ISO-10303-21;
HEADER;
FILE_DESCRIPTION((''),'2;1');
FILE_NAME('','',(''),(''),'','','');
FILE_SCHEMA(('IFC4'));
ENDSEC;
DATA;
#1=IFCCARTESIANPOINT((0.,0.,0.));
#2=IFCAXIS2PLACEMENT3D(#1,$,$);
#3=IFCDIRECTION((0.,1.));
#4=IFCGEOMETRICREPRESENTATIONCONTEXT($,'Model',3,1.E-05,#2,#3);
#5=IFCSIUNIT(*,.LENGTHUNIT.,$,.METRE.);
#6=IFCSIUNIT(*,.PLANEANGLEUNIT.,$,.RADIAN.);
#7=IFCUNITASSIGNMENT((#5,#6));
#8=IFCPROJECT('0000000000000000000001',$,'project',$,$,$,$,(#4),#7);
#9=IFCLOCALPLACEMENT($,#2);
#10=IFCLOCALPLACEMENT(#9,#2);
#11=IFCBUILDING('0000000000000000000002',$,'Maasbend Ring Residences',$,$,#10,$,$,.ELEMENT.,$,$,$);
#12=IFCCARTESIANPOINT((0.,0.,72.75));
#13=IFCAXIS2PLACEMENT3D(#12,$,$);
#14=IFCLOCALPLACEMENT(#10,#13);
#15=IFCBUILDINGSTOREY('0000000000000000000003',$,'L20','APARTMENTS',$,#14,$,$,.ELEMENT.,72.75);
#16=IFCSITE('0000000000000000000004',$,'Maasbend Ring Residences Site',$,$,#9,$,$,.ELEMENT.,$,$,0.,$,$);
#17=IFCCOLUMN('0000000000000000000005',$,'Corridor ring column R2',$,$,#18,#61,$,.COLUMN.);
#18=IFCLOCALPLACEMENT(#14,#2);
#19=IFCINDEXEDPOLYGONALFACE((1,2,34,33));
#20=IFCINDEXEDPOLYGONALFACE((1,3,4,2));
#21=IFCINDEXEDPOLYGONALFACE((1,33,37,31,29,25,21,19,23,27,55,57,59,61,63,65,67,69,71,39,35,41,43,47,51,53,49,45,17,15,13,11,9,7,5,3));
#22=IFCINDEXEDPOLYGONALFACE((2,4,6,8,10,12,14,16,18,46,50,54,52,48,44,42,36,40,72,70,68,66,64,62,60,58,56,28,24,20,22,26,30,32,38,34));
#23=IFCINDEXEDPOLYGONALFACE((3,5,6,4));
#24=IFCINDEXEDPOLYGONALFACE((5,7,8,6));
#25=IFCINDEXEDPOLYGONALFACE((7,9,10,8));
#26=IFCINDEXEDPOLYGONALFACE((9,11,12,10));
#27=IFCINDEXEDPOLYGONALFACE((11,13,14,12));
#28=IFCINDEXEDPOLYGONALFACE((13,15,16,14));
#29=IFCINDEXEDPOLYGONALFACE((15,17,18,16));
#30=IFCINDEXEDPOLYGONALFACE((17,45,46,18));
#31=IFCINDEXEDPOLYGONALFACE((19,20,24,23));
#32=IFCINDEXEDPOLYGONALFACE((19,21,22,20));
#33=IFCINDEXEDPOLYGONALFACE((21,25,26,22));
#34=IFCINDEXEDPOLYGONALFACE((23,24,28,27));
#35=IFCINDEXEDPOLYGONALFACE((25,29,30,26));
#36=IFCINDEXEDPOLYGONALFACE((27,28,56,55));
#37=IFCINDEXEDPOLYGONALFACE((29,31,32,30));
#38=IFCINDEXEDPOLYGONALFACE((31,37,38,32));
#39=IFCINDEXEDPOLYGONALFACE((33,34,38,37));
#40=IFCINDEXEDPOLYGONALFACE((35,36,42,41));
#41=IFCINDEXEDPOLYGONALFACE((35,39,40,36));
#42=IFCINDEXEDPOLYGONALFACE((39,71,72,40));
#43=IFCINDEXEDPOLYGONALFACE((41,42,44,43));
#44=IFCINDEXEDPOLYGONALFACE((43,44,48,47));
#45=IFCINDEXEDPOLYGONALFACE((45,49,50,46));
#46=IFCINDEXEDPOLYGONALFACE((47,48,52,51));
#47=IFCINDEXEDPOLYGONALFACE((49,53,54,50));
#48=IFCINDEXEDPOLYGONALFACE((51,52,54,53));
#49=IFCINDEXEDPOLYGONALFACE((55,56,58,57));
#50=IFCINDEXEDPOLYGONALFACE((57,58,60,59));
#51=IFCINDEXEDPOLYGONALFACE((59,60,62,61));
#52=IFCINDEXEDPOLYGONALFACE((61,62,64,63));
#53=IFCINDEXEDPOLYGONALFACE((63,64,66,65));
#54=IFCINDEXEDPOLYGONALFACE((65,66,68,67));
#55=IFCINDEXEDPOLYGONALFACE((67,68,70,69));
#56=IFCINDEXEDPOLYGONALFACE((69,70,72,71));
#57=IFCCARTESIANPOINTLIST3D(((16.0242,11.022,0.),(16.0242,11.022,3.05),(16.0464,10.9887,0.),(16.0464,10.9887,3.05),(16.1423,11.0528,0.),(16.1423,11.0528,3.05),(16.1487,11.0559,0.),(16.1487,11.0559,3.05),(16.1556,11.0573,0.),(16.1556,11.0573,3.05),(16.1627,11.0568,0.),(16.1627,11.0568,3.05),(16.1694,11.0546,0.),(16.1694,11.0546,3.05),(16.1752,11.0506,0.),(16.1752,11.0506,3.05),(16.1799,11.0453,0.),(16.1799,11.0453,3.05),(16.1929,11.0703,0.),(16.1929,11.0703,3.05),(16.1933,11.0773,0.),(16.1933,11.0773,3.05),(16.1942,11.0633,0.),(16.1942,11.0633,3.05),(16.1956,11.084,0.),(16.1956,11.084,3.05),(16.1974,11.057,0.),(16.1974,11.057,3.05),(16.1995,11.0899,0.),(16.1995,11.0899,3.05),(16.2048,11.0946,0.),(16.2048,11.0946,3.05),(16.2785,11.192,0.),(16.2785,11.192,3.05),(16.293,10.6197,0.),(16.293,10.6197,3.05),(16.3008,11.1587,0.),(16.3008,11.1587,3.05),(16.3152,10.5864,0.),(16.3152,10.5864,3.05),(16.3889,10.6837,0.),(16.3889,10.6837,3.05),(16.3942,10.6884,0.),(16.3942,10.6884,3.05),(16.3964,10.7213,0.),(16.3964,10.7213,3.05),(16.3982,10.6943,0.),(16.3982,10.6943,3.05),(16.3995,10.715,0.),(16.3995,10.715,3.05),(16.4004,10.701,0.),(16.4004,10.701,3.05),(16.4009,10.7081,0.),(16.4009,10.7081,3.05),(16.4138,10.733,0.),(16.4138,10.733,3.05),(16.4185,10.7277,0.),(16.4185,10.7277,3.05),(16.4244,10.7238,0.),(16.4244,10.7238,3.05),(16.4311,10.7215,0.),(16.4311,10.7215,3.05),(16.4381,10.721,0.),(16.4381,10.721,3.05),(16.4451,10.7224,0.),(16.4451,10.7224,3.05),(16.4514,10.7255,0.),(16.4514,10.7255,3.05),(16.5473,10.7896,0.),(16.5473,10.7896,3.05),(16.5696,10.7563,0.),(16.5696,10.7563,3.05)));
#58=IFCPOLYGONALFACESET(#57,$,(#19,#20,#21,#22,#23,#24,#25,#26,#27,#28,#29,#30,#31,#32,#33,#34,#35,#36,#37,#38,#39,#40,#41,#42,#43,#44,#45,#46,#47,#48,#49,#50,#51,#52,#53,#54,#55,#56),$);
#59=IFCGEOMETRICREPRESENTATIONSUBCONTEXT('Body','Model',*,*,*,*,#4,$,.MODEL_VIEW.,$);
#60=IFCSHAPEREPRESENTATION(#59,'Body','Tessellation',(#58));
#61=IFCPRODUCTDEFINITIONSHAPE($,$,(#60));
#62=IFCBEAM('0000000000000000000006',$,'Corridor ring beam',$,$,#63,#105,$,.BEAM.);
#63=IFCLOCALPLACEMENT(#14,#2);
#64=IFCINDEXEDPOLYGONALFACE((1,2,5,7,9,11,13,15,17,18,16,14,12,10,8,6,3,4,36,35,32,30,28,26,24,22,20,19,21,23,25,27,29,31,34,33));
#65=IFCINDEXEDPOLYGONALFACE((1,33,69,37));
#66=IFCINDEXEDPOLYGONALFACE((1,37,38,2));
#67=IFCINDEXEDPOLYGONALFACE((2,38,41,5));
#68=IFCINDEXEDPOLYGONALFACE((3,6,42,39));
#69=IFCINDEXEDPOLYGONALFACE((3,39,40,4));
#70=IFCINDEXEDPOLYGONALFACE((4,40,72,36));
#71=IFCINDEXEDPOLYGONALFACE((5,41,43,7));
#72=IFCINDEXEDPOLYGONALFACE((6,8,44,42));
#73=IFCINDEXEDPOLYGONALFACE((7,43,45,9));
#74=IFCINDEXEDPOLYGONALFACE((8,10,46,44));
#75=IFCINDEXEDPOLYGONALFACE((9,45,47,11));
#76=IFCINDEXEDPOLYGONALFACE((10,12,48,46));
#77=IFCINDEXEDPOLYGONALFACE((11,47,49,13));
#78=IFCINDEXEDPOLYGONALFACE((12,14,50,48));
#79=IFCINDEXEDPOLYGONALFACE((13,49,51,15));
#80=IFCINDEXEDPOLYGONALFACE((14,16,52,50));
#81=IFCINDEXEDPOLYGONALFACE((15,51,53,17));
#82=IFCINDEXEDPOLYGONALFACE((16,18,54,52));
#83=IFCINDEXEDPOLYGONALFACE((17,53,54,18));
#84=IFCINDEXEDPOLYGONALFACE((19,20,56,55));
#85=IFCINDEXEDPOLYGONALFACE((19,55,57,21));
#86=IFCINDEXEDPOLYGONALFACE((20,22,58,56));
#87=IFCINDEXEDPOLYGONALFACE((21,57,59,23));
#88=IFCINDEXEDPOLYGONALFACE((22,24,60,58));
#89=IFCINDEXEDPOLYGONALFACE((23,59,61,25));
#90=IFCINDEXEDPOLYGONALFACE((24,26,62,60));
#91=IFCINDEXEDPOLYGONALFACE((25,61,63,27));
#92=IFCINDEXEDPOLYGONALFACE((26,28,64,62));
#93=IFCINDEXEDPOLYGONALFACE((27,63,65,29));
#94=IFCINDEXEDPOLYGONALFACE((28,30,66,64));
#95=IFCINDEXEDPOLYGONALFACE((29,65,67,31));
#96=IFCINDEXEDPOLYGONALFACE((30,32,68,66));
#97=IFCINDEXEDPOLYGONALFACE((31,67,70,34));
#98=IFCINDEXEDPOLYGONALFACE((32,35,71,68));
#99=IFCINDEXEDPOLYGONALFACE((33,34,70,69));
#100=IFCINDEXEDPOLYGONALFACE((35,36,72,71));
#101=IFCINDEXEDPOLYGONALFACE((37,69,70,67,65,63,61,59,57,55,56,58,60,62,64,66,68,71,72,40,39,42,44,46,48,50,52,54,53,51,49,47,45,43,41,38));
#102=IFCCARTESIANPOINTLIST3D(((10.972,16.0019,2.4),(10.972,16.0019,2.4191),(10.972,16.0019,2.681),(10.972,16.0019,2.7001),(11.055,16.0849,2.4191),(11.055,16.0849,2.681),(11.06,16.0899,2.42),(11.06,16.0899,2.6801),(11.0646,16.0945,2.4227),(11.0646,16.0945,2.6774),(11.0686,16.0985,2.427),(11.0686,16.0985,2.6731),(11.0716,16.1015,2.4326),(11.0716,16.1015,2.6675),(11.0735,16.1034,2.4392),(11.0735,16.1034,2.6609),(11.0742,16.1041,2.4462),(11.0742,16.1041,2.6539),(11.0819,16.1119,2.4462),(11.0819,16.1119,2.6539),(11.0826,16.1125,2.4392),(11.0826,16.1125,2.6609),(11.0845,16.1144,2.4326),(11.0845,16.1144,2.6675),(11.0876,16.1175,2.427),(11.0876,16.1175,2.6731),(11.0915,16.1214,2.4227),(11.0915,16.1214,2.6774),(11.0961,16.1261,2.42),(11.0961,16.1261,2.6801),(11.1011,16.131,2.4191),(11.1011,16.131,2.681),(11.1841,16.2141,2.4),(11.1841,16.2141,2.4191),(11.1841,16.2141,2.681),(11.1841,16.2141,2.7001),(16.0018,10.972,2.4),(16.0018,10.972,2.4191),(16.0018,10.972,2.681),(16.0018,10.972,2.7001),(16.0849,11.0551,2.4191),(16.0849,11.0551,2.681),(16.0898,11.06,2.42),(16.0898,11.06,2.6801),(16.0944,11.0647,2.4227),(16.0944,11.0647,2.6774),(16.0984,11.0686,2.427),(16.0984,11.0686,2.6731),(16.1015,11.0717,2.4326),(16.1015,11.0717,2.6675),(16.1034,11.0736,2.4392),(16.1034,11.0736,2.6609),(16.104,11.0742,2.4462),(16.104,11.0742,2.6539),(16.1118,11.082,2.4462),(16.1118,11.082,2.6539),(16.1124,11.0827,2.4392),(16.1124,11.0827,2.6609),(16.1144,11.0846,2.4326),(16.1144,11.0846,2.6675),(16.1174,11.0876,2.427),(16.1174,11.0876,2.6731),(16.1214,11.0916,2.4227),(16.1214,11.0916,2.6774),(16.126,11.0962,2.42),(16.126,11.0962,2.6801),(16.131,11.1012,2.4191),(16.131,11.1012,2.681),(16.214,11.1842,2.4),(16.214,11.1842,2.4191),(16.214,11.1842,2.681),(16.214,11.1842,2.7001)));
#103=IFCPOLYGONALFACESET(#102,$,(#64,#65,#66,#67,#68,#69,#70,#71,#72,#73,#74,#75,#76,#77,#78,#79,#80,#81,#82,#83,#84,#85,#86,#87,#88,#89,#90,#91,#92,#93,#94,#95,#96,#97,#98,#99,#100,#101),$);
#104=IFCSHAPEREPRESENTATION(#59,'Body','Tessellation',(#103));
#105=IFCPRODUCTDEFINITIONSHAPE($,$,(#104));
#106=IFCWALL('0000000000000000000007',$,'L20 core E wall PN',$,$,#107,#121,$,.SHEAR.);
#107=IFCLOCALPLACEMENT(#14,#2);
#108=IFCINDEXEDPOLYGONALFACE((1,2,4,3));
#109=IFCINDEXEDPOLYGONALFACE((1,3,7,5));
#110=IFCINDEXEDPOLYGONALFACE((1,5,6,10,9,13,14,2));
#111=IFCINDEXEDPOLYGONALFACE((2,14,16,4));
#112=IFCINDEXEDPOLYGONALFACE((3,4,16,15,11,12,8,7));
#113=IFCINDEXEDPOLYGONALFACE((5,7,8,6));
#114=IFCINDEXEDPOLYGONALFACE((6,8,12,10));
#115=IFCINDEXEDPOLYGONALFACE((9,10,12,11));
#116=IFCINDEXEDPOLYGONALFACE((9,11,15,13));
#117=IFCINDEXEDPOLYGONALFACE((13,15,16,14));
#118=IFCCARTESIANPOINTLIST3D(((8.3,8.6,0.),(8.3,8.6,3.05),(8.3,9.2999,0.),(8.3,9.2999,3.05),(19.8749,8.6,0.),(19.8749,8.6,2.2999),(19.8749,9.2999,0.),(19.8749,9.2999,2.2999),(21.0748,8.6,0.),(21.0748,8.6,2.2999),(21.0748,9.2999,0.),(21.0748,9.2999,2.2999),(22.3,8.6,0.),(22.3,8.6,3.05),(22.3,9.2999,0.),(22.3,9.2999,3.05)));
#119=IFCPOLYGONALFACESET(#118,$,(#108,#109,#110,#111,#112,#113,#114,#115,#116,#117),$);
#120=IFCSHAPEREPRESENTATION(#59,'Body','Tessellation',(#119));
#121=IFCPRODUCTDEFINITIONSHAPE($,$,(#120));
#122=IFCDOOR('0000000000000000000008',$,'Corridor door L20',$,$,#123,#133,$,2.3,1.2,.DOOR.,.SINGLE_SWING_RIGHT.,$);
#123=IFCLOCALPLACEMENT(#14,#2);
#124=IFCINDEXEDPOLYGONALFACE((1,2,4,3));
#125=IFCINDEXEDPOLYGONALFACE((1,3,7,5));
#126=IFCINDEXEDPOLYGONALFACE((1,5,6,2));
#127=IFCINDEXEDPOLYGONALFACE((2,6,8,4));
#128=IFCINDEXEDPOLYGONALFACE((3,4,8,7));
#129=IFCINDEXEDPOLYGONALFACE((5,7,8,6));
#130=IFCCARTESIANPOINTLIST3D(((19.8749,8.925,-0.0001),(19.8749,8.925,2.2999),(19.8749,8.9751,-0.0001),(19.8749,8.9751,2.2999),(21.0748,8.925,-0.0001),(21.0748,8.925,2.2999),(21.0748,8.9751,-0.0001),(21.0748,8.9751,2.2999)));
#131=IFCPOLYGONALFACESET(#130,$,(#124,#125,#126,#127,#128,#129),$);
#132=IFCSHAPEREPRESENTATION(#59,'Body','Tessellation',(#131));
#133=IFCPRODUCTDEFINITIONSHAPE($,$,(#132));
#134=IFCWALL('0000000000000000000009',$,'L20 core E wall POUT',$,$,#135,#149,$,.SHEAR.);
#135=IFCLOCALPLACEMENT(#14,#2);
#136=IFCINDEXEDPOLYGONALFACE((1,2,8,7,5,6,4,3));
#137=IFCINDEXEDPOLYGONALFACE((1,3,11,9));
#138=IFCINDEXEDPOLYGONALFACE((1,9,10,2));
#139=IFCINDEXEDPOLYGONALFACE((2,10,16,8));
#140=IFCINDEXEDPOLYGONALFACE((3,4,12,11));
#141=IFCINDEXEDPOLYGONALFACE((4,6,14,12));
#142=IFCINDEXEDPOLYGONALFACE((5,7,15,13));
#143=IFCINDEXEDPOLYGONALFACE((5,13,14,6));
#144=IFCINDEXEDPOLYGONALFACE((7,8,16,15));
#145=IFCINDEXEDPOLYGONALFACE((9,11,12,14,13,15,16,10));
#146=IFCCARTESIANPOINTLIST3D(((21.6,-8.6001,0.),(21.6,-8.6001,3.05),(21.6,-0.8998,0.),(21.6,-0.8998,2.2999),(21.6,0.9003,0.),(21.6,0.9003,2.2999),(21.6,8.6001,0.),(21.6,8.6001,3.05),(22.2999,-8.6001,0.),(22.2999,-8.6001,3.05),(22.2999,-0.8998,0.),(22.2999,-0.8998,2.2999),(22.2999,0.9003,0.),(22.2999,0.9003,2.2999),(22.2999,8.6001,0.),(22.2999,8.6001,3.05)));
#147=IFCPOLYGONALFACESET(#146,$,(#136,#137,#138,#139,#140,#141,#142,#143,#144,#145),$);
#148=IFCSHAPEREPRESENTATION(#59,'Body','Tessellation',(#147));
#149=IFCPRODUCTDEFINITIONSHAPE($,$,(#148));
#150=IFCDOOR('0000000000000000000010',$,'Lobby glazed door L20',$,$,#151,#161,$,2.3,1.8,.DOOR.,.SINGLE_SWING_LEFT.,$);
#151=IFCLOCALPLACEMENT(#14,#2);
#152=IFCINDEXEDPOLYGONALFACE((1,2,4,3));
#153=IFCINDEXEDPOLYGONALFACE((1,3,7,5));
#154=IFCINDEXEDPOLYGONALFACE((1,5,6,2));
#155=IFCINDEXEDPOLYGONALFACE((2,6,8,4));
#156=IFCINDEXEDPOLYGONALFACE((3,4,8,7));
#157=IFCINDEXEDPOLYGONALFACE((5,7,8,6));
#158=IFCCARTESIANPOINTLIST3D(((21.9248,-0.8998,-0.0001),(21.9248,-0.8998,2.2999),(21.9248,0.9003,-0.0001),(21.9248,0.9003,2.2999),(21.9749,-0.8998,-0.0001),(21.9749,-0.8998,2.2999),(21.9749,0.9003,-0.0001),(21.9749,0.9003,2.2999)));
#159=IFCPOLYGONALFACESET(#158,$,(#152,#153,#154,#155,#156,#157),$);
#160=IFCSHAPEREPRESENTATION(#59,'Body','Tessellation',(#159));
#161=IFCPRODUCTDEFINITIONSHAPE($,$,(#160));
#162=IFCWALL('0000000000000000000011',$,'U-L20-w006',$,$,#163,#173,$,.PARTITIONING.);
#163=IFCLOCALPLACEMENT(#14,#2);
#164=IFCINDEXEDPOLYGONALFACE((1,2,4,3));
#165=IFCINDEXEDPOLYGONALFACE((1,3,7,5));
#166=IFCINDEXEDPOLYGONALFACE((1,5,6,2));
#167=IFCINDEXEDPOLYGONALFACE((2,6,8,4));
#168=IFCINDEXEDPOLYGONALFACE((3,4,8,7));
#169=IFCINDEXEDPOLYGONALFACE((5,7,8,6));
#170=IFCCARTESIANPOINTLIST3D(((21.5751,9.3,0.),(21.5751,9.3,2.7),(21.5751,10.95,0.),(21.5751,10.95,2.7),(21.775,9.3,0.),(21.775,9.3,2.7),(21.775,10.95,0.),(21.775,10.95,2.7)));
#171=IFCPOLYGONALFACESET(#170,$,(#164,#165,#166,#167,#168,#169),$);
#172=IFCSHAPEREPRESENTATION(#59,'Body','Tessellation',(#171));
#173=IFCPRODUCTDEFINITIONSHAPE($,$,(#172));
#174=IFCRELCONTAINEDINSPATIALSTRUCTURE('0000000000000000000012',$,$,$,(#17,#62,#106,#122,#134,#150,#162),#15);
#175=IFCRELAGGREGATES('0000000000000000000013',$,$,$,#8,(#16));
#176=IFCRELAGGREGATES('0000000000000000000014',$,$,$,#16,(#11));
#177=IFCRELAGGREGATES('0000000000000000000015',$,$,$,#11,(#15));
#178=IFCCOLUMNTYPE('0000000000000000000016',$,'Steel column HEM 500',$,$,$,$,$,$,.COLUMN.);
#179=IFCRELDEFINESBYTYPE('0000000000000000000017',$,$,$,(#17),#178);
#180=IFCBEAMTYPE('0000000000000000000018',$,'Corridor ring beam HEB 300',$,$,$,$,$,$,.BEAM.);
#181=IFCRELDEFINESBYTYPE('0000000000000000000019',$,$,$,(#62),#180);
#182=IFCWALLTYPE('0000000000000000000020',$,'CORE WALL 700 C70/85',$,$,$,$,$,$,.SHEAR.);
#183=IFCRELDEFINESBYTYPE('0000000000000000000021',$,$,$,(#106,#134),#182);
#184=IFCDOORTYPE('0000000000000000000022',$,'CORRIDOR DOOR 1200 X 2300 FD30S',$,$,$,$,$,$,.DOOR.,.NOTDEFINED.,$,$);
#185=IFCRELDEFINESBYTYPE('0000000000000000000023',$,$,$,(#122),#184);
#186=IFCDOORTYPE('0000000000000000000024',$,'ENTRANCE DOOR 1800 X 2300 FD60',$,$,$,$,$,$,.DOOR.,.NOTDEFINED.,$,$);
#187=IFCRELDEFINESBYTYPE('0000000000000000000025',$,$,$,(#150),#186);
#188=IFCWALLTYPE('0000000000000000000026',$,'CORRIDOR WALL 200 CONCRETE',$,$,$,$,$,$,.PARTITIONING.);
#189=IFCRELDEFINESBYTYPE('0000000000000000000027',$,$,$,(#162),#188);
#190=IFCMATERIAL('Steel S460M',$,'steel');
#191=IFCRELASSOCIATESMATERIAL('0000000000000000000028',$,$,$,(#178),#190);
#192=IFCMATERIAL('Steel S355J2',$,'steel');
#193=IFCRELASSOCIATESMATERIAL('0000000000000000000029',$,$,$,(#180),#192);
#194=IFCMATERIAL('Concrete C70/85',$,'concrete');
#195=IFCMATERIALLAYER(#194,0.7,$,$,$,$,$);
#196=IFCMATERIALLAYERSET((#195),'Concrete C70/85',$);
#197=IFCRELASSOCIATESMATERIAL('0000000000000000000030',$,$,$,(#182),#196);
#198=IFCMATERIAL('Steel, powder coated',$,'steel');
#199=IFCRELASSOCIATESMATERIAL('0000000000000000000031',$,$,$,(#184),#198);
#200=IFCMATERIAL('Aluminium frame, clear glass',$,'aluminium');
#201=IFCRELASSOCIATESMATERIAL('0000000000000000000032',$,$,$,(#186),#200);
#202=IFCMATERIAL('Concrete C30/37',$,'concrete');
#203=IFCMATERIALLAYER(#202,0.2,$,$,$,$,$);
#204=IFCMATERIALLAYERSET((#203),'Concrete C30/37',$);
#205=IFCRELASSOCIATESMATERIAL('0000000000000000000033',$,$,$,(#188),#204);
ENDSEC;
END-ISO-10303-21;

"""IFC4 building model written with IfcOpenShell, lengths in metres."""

from ifc_helpers import new_model, si_unit, direction, frame, frame_2d, origin, origin_2d, place, context, subcontext, project, spatial, rectangle, i_section, extrude, material, layer, layer_set, material_profile, profile_set, type_object, element, fill, save


model = new_model("IFC4")

# Units and contexts
model_context = context("Model", 3, precision=1e-05, world=origin(), true_north=direction((0.0, 1.0)))
body_context = subcontext(model_context, "Body", "Model", "MODEL_VIEW")
ifc_project = project(units=[si_unit("LENGTHUNIT", "METRE"), si_unit("PLANEANGLEUNIT", "RADIAN")], contexts=[model_context])

# Site, building, storey
site_placement = place(None, origin())
site = spatial("IfcSite", under=ifc_project, at=site_placement, Name="Maasbend Ring Residences Site", CompositionType="ELEMENT", RefElevation=0.0)
building_placement = place(site_placement, origin())
building = spatial("IfcBuilding", under=site, at=building_placement, Name="Maasbend Ring Residences", CompositionType="ELEMENT")
storey_placement = place(building_placement, frame((0.0, 0.0, 72.75)))
storey = spatial("IfcBuildingStorey", under=building, at=storey_placement, Name="L20", Description="APARTMENTS", CompositionType="ELEMENT", Elevation=72.75)

# Column
ifc_material_1 = material(Name="Steel S460M", Category="steel")
ifc_material_profile_1 = material_profile(ifc_material_1, i_section(OverallWidth=0.3059, OverallDepth=0.5239, WebThickness=0.021, FlangeThickness=0.04, FilletRadius=0.0271, at=origin_2d()), Name="HEM 500")
ifc_profile_set_1 = profile_set([ifc_material_profile_1], Name="Steel S460M")
column_type = type_object("IfcColumnType", Name="Steel column HEM 500", PredefinedType="COLUMN", material=ifc_profile_set_1)
column_placement = place(storey_placement, frame((16.2969, 10.8892, 0.0), z_axis=(0.0, 0.0, 1.0), x_axis=(0.83147, 0.55557, 0.0)))
element("IfcColumn", 1, at=column_placement, inside=storey, type_object=column_type, Name="Corridor ring column R2", PredefinedType="COLUMN", context=body_context, shape_type="SweptSolid", body=[
    extrude(i_section(OverallWidth=0.3059, OverallDepth=0.5239, WebThickness=0.021, FlangeThickness=0.04, FilletRadius=0.0271, at=origin_2d()), origin(), (0.0, 0.0, 1.0), 3.05),
])

# Beam
ifc_material_2 = material(Name="Steel S355J2", Category="steel")
ifc_material_profile_2 = material_profile(ifc_material_2, i_section(OverallWidth=0.3, OverallDepth=0.3, WebThickness=0.011, FlangeThickness=0.019, FilletRadius=0.0271, at=origin_2d()), Name="HEB 300")
ifc_profile_set_2 = profile_set([ifc_material_profile_2], Name="Steel S355J2")
beam_type = type_object("IfcBeamType", Name="Corridor ring beam HEB 300", PredefinedType="BEAM", material=ifc_profile_set_2)
beam_placement = place(storey_placement, frame((16.1079, 11.0781, 2.55), z_axis=(-0.707107, 0.707107, 0.0), x_axis=(-0.707107, -0.707107, 0.0)))
element("IfcBeam", 2, at=beam_placement, inside=storey, type_object=beam_type, Name="Corridor ring beam", PredefinedType="BEAM", context=body_context, shape_type="SweptSolid", body=[
    extrude(i_section(OverallWidth=0.3, OverallDepth=0.3, WebThickness=0.011, FlangeThickness=0.019, FilletRadius=0.0271, at=origin_2d()), origin(), (0.0, 0.0, 1.0), 7.1133),
])

# Walls, openings, doors
ifc_material_3 = material(Name="Concrete C70/85", Category="concrete")
ifc_layer_1 = layer(ifc_material_3, 0.7)
ifc_layer_set_1 = layer_set([ifc_layer_1], Name="Concrete C70/85")
wall_type_1 = type_object("IfcWallType", Name="CORE WALL 700 C70/85", PredefinedType="SHEAR", material=ifc_layer_set_1)
wall_1_placement = place(storey_placement, frame((22.3, 8.95, 0.0), z_axis=(0.0, 0.0, 1.0), x_axis=(-1.0, 0.0, 0.0)))
wall_1 = element("IfcWall", 3, at=wall_1_placement, inside=storey, type_object=wall_type_1, Name="L20 core E wall PN", PredefinedType="SHEAR", context=body_context, shape_type="SweptSolid", body=[
    extrude(rectangle(XDim=14.0, YDim=0.7, at=frame_2d((7.0, 0.0))), origin(), (0.0, 0.0, 1.0), 3.05),
])
opening_1_placement = place(wall_1_placement, frame((1.2251, 0.0, 0.0)))
opening_1 = element("IfcOpeningElement", 4, at=opening_1_placement, cuts=wall_1, PredefinedType="OPENING", context=body_context, shape_type="SweptSolid", body=[
    extrude(rectangle(XDim=1.2, YDim=2.3, at=frame_2d((0.6001, 1.1499))), frame((0.0, 0.3599, 0.0), z_axis=(0.0, -1.0, 0.0), x_axis=(1.0, 0.0, 0.0)), (0.0, 0.0, 1.0), 0.72),
])
ifc_material_4 = material(Name="Steel, powder coated", Category="steel")
door_type_1 = type_object("IfcDoorType", Name="CORRIDOR DOOR 1200 X 2300 FD30S", OperationType="NOTDEFINED", PredefinedType="DOOR", material=ifc_material_4)
door_1_placement = place(opening_1_placement, origin())
door_1 = element("IfcDoor", 5, at=door_1_placement, inside=storey, type_object=door_type_1, Name="Corridor door L20", OperationType="SINGLE_SWING_RIGHT", OverallHeight=2.3, OverallWidth=1.2, PredefinedType="DOOR", context=body_context, shape_type="SweptSolid", body=[
    extrude(rectangle(XDim=1.2, YDim=2.3, at=frame_2d((0.6001, 1.1499))), frame((0.0, 0.0249, 0.0), z_axis=(0.0, -1.0, 0.0), x_axis=(1.0, 0.0, 0.0)), (0.0, 0.0, 1.0), 0.05),
])
fill(opening_1, door_1)
wall_2_placement = place(storey_placement, frame((21.95, 8.6001, 0.0), z_axis=(0.0, 0.0, 1.0), x_axis=(0.0, -1.0, 0.0)))
wall_2 = element("IfcWall", 6, at=wall_2_placement, inside=storey, type_object=wall_type_1, Name="L20 core E wall POUT", PredefinedType="SHEAR", context=body_context, shape_type="SweptSolid", body=[
    extrude(rectangle(XDim=17.2002, YDim=0.7, at=frame_2d((8.6001, 0.0))), origin(), (0.0, 0.0, 1.0), 3.05),
])
opening_2_placement = place(wall_2_placement, frame((7.7, 0.0, 0.0)))
opening_2 = element("IfcOpeningElement", 7, at=opening_2_placement, cuts=wall_2, PredefinedType="OPENING", context=body_context, shape_type="SweptSolid", body=[
    extrude(rectangle(XDim=1.8, YDim=2.3, at=frame_2d((0.8999, 1.1499))), frame((0.0, 0.3599, 0.0), z_axis=(0.0, -1.0, 0.0), x_axis=(1.0, 0.0, 0.0)), (0.0, 0.0, 1.0), 0.72),
])
ifc_material_5 = material(Name="Aluminium frame, clear glass", Category="aluminium")
door_type_2 = type_object("IfcDoorType", Name="ENTRANCE DOOR 1800 X 2300 FD60", OperationType="NOTDEFINED", PredefinedType="DOOR", material=ifc_material_5)
door_2_placement = place(opening_2_placement, origin())
door_2 = element("IfcDoor", 8, at=door_2_placement, inside=storey, type_object=door_type_2, Name="Lobby glazed door L20", OperationType="SINGLE_SWING_LEFT", OverallHeight=2.3, OverallWidth=1.8, PredefinedType="DOOR", context=body_context, shape_type="SweptSolid", body=[
    extrude(rectangle(XDim=1.8, YDim=2.3, at=frame_2d((0.8999, 1.1499))), frame((0.0, 0.0249, 0.0), z_axis=(0.0, -1.0, 0.0), x_axis=(1.0, 0.0, 0.0)), (0.0, 0.0, 1.0), 0.05),
])
fill(opening_2, door_2)

# Wall
ifc_material_6 = material(Name="Concrete C30/37", Category="concrete")
ifc_layer_2 = layer(ifc_material_6, 0.2)
ifc_layer_set_2 = layer_set([ifc_layer_2], Name="Concrete C30/37")
wall_type_2 = type_object("IfcWallType", Name="CORRIDOR WALL 200 CONCRETE", PredefinedType="PARTITIONING", material=ifc_layer_set_2)
wall_3_placement = place(storey_placement, frame((21.675, 9.3, 0.0), z_axis=(0.0, 0.0, 1.0), x_axis=(0.0, 1.0, 0.0)))
element("IfcWall", 9, at=wall_3_placement, inside=storey, type_object=wall_type_2, Name="U-L20-w006", PredefinedType="PARTITIONING", context=body_context, shape_type="SweptSolid", body=[
    extrude(rectangle(XDim=1.6499, YDim=0.2, at=frame_2d((0.825, 0.0))), origin(), (0.0, 0.0, 1.0), 2.7),
])

save(model, "model.ifc")
